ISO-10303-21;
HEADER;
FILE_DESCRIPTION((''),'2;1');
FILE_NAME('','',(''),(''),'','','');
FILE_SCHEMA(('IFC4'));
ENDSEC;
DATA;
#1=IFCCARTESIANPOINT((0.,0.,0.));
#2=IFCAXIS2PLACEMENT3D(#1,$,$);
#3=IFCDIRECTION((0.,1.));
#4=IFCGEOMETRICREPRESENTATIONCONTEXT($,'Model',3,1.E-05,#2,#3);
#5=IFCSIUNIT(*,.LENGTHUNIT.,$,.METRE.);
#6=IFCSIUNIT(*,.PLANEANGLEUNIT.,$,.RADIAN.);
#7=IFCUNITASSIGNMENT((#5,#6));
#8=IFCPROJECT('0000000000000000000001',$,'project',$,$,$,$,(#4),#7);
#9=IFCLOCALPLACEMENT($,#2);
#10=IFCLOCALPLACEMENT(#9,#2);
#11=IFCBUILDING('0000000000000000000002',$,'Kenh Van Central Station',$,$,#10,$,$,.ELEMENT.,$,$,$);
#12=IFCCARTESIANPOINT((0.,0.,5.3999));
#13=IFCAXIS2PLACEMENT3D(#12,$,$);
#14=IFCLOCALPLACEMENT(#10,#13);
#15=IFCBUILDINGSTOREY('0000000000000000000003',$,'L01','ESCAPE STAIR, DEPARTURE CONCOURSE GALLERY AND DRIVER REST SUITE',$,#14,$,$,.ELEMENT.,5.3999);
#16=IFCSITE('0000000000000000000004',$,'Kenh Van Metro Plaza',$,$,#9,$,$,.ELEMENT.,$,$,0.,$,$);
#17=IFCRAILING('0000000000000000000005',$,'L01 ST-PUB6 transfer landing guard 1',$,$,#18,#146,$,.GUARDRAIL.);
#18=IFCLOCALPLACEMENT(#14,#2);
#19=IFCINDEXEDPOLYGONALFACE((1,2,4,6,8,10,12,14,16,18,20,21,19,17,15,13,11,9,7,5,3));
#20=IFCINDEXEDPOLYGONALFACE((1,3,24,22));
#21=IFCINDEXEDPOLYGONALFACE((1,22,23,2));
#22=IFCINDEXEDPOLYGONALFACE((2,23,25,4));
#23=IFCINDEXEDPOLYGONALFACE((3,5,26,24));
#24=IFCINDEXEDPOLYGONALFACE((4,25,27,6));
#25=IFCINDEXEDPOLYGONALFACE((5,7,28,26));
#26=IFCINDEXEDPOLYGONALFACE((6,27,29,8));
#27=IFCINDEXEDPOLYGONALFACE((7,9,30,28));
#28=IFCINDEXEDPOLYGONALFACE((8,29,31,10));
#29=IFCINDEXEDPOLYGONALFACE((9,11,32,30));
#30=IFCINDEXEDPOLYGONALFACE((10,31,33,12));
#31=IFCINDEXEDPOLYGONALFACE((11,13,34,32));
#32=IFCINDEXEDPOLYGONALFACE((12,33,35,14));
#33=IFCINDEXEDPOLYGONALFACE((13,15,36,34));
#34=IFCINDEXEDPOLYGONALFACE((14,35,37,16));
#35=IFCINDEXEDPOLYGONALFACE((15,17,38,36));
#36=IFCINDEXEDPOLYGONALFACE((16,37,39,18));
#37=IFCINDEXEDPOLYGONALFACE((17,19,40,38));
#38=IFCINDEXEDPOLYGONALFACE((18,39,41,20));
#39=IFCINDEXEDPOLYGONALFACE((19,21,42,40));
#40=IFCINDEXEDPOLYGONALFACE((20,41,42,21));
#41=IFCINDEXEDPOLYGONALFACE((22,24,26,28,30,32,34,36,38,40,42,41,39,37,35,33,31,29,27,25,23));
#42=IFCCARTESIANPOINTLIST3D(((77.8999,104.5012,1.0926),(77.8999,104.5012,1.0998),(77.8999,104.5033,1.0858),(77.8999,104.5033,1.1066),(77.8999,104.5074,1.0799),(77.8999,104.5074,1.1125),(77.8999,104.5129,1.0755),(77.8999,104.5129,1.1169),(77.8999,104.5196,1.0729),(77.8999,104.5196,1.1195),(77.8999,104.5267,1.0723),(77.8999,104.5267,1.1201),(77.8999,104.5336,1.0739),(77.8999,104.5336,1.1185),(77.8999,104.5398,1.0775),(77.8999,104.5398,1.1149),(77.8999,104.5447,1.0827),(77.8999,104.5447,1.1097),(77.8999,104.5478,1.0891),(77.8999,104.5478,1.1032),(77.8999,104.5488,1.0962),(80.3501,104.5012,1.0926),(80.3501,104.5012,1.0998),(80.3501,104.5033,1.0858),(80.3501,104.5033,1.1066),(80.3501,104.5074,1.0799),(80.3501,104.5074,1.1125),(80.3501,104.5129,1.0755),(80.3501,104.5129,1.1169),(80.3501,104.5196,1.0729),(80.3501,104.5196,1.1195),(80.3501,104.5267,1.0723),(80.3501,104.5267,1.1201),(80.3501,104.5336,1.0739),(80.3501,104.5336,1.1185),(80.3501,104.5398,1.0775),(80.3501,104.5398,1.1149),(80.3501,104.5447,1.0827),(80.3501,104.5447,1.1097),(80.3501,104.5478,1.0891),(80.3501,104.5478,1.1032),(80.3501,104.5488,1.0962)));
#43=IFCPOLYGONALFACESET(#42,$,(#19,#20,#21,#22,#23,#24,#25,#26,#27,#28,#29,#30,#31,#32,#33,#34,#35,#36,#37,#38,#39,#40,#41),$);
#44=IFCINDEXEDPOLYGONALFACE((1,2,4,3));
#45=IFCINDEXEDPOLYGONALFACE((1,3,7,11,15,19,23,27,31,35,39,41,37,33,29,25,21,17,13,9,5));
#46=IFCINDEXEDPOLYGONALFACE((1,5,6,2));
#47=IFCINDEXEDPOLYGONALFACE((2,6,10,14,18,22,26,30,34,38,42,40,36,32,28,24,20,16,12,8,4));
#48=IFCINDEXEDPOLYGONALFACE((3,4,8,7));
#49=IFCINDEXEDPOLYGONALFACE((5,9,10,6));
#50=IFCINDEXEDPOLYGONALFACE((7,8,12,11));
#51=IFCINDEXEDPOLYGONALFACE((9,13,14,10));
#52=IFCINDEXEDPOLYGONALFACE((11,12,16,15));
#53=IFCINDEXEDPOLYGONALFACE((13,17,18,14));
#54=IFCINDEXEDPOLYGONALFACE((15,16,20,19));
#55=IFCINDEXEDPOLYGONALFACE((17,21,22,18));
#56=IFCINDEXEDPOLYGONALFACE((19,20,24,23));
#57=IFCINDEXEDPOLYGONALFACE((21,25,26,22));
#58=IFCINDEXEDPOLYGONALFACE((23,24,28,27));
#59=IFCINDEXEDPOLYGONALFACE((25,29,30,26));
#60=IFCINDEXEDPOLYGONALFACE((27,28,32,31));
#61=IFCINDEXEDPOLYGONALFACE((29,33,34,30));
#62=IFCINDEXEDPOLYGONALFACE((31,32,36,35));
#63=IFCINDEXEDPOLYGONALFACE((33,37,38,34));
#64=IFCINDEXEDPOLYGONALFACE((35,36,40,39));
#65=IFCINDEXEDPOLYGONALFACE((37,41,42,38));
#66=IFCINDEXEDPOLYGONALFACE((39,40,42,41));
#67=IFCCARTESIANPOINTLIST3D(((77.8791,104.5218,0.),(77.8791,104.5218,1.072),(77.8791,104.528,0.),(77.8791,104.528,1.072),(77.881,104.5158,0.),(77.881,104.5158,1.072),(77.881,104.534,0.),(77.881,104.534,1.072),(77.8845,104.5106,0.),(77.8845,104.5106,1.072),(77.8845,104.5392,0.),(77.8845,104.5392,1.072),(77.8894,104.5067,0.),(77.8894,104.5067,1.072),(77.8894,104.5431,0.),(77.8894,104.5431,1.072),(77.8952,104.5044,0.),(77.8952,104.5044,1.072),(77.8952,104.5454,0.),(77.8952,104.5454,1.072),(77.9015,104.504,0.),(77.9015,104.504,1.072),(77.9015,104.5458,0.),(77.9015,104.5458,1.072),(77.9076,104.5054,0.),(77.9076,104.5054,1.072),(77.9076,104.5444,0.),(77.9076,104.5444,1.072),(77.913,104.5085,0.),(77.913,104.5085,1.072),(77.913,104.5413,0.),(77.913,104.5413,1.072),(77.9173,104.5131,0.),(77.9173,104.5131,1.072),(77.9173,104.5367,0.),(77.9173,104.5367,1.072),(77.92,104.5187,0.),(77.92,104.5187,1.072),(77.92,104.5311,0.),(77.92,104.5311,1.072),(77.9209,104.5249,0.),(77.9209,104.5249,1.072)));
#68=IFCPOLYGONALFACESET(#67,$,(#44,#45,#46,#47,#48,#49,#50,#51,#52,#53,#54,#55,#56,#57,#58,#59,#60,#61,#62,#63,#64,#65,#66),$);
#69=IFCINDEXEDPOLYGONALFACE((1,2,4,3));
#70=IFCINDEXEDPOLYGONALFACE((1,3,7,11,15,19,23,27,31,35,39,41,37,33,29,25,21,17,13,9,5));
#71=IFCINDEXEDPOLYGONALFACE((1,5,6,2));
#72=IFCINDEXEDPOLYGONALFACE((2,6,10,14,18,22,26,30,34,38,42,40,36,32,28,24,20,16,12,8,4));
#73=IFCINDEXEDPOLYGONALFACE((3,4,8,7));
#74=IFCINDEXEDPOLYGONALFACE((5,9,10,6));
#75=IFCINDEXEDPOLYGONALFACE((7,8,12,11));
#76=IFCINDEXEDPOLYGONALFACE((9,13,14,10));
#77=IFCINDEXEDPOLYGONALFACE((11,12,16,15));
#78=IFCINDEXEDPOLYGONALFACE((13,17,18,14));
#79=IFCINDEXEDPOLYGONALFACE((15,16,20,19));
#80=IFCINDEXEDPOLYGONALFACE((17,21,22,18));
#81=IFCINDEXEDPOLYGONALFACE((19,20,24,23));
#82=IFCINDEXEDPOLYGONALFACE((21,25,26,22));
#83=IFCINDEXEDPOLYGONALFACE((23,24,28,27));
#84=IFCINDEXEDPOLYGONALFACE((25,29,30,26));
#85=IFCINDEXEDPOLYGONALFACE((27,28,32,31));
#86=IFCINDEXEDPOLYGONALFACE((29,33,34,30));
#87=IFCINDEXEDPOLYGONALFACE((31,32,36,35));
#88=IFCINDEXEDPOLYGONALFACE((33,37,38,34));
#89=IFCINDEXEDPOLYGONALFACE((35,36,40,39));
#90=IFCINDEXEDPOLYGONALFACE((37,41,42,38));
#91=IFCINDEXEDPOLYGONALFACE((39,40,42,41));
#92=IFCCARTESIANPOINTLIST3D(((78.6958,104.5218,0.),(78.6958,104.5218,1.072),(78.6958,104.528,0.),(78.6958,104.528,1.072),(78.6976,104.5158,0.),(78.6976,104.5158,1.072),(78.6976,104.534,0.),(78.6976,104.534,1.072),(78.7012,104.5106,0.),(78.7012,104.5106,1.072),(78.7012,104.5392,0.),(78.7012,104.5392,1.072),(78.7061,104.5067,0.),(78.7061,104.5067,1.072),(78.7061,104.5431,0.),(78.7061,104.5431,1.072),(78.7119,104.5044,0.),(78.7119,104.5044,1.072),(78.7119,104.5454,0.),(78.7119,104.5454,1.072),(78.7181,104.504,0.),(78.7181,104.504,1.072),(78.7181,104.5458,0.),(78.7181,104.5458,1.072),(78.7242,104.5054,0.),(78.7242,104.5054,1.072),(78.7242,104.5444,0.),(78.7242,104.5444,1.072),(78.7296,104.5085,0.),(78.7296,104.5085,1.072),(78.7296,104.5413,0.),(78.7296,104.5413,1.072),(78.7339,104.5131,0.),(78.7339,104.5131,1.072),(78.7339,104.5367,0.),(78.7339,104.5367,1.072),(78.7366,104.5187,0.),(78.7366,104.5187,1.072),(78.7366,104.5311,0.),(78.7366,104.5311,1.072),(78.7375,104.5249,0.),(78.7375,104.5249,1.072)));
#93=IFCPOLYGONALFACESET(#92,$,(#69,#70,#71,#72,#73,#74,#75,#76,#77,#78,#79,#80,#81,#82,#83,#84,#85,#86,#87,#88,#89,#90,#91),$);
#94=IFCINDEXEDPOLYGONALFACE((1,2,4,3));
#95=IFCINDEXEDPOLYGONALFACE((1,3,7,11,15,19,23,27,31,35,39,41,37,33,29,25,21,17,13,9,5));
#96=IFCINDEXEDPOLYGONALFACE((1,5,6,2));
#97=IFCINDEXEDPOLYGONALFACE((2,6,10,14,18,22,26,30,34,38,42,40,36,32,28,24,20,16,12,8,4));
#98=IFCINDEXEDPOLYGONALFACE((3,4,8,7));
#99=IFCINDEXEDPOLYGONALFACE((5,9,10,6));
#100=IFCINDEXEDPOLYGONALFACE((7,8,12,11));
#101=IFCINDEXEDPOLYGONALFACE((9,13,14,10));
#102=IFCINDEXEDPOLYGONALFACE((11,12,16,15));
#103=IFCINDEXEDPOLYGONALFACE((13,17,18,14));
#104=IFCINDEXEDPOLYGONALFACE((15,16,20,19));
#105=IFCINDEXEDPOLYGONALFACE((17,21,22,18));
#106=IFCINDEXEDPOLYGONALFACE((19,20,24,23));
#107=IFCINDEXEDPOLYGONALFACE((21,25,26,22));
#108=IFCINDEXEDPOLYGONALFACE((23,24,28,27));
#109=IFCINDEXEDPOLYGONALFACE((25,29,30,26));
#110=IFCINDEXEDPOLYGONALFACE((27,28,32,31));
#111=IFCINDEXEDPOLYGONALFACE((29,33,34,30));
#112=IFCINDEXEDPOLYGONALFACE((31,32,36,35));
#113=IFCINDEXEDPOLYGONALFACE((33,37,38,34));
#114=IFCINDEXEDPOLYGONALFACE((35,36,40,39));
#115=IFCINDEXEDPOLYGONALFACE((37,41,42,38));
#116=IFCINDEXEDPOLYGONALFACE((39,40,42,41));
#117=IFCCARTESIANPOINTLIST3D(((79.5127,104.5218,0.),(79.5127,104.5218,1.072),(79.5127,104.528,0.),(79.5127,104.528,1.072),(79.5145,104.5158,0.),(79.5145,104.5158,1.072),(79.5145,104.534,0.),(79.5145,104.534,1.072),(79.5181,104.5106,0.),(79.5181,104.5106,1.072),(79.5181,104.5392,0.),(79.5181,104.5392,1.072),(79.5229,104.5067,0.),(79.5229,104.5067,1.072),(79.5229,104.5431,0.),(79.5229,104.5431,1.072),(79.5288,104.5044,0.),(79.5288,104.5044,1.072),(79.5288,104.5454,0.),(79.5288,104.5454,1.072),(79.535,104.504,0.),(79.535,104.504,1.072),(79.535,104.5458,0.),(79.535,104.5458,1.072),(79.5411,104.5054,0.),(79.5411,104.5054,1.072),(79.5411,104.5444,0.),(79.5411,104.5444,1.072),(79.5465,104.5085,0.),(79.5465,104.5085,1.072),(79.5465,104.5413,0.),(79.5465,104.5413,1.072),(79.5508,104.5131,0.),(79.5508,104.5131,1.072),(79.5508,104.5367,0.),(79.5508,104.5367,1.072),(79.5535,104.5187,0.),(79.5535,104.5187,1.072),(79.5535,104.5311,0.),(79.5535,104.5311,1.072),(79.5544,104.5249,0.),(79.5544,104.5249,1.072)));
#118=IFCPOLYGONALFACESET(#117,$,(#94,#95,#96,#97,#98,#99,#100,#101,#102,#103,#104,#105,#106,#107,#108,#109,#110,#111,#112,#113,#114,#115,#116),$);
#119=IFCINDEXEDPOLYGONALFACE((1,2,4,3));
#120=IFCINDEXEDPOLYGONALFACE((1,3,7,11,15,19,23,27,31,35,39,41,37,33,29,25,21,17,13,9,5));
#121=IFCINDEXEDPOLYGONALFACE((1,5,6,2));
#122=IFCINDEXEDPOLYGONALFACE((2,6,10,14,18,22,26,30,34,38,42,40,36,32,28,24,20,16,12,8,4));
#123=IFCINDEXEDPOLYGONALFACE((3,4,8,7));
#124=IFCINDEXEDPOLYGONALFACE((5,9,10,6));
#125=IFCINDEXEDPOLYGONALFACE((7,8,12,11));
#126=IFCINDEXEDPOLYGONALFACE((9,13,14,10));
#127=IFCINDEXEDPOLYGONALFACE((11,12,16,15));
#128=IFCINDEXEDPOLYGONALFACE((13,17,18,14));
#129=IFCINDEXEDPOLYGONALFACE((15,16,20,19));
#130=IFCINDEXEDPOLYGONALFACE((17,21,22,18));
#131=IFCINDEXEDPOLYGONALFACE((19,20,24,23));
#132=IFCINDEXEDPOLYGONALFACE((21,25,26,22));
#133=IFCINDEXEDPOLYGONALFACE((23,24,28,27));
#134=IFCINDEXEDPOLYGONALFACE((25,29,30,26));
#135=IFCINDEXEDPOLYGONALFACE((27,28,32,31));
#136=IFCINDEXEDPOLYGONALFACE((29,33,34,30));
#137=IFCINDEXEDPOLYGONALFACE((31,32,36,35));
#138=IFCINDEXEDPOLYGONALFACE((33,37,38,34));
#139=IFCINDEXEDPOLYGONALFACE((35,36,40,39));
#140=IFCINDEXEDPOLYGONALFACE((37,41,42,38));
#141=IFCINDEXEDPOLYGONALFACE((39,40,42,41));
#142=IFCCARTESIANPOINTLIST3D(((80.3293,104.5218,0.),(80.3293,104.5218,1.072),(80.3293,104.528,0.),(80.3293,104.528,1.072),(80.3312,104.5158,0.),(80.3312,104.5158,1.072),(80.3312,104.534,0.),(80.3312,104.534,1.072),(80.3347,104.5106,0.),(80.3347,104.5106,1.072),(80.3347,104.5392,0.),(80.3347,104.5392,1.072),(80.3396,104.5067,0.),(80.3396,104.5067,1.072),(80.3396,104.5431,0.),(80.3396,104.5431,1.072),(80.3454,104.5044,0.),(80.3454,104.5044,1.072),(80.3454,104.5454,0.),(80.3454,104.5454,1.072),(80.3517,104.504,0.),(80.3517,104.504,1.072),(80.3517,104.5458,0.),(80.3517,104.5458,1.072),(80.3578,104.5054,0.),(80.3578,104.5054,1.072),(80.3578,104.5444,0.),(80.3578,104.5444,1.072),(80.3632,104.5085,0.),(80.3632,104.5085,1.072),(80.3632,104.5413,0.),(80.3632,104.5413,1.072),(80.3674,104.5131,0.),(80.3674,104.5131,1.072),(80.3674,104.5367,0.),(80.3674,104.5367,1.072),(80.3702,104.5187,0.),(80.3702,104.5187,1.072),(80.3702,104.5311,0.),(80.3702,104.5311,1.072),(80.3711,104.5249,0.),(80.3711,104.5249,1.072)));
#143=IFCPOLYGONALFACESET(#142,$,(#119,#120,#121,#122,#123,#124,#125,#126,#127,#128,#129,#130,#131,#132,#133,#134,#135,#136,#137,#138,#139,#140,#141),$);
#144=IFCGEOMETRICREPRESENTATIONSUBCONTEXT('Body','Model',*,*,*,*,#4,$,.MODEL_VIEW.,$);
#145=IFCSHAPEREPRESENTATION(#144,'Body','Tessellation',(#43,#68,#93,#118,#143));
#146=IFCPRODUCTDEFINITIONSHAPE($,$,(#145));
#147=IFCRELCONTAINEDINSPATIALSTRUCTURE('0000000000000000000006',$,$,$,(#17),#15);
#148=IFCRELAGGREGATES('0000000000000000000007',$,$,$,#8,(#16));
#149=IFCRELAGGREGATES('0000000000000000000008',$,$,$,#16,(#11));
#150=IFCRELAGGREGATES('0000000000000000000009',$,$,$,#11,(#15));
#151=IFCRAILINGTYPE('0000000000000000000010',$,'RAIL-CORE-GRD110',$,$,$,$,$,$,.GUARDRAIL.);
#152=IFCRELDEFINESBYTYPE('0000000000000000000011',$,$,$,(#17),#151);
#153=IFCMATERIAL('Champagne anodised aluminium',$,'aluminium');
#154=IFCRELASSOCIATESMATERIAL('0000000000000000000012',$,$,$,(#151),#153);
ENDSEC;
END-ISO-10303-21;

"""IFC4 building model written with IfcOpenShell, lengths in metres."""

from ifc_helpers import new_model, si_unit, direction, frame, origin, origin_2d, place, context, subcontext, project, spatial, circle, extrude, material, type_object, element, save


model = new_model("IFC4")

# Units and contexts
model_context = context("Model", 3, precision=1e-05, world=origin(), true_north=direction((0.0, 1.0)))
body_context = subcontext(model_context, "Body", "Model", "MODEL_VIEW")
ifc_project = project(units=[si_unit("LENGTHUNIT", "METRE"), si_unit("PLANEANGLEUNIT", "RADIAN")], contexts=[model_context])

# Site, building, storey
site_placement = place(None, origin())
site = spatial("IfcSite", under=ifc_project, at=site_placement, Name="Kenh Van Metro Plaza", CompositionType="ELEMENT", RefElevation=0.0)
building_placement = place(site_placement, origin())
building = spatial("IfcBuilding", under=site, at=building_placement, Name="Kenh Van Central Station", CompositionType="ELEMENT")
storey_placement = place(building_placement, frame((0.0, 0.0, 5.3999)))
storey = spatial("IfcBuildingStorey", under=building, at=storey_placement, Name="L01", Description="ESCAPE STAIR, DEPARTURE CONCOURSE GALLERY AND DRIVER REST SUITE", CompositionType="ELEMENT", Elevation=5.3999)

# Shared definitions
ifc_material_1 = material(Name="Champagne anodised aluminium", Category="aluminium")

# Railing
railing_type = type_object("IfcRailingType", Name="RAIL-CORE-GRD110", PredefinedType="GUARDRAIL", material=ifc_material_1)
for number, where, name in (
    (1, (77.8999, 104.5249, 0.0), "L01 ST-PUB6 transfer landing guard 1"),
):
    element("IfcRailing", number, at=place(storey_placement, frame(where)), inside=storey, type_object=railing_type, Name=name, PredefinedType="GUARDRAIL", context=body_context, shape_type="SweptSolid", body=[
        extrude(circle(Radius=0.0239, at=origin_2d()), frame((0.0, 0.0, 1.0962), z_axis=(1.0, 0.0, 0.0), x_axis=(0.0, 1.0, 0.0)), (0.0, 0.0, 1.0), 2.4502),
        extrude(circle(Radius=0.021, at=origin_2d()), origin(), (0.0, 0.0, 1.0), 1.072),
        extrude(circle(Radius=0.021, at=origin_2d()), frame((0.8167, 0.0, 0.0)), (0.0, 0.0, 1.0), 1.072),
        extrude(circle(Radius=0.021, at=origin_2d()), frame((1.6335, 0.0, 0.0)), (0.0, 0.0, 1.0), 1.072),
        extrude(circle(Radius=0.021, at=origin_2d()), frame((2.4502, 0.0, 0.0)), (0.0, 0.0, 1.0), 1.072),
    ])

save(model, "model.ifc")
